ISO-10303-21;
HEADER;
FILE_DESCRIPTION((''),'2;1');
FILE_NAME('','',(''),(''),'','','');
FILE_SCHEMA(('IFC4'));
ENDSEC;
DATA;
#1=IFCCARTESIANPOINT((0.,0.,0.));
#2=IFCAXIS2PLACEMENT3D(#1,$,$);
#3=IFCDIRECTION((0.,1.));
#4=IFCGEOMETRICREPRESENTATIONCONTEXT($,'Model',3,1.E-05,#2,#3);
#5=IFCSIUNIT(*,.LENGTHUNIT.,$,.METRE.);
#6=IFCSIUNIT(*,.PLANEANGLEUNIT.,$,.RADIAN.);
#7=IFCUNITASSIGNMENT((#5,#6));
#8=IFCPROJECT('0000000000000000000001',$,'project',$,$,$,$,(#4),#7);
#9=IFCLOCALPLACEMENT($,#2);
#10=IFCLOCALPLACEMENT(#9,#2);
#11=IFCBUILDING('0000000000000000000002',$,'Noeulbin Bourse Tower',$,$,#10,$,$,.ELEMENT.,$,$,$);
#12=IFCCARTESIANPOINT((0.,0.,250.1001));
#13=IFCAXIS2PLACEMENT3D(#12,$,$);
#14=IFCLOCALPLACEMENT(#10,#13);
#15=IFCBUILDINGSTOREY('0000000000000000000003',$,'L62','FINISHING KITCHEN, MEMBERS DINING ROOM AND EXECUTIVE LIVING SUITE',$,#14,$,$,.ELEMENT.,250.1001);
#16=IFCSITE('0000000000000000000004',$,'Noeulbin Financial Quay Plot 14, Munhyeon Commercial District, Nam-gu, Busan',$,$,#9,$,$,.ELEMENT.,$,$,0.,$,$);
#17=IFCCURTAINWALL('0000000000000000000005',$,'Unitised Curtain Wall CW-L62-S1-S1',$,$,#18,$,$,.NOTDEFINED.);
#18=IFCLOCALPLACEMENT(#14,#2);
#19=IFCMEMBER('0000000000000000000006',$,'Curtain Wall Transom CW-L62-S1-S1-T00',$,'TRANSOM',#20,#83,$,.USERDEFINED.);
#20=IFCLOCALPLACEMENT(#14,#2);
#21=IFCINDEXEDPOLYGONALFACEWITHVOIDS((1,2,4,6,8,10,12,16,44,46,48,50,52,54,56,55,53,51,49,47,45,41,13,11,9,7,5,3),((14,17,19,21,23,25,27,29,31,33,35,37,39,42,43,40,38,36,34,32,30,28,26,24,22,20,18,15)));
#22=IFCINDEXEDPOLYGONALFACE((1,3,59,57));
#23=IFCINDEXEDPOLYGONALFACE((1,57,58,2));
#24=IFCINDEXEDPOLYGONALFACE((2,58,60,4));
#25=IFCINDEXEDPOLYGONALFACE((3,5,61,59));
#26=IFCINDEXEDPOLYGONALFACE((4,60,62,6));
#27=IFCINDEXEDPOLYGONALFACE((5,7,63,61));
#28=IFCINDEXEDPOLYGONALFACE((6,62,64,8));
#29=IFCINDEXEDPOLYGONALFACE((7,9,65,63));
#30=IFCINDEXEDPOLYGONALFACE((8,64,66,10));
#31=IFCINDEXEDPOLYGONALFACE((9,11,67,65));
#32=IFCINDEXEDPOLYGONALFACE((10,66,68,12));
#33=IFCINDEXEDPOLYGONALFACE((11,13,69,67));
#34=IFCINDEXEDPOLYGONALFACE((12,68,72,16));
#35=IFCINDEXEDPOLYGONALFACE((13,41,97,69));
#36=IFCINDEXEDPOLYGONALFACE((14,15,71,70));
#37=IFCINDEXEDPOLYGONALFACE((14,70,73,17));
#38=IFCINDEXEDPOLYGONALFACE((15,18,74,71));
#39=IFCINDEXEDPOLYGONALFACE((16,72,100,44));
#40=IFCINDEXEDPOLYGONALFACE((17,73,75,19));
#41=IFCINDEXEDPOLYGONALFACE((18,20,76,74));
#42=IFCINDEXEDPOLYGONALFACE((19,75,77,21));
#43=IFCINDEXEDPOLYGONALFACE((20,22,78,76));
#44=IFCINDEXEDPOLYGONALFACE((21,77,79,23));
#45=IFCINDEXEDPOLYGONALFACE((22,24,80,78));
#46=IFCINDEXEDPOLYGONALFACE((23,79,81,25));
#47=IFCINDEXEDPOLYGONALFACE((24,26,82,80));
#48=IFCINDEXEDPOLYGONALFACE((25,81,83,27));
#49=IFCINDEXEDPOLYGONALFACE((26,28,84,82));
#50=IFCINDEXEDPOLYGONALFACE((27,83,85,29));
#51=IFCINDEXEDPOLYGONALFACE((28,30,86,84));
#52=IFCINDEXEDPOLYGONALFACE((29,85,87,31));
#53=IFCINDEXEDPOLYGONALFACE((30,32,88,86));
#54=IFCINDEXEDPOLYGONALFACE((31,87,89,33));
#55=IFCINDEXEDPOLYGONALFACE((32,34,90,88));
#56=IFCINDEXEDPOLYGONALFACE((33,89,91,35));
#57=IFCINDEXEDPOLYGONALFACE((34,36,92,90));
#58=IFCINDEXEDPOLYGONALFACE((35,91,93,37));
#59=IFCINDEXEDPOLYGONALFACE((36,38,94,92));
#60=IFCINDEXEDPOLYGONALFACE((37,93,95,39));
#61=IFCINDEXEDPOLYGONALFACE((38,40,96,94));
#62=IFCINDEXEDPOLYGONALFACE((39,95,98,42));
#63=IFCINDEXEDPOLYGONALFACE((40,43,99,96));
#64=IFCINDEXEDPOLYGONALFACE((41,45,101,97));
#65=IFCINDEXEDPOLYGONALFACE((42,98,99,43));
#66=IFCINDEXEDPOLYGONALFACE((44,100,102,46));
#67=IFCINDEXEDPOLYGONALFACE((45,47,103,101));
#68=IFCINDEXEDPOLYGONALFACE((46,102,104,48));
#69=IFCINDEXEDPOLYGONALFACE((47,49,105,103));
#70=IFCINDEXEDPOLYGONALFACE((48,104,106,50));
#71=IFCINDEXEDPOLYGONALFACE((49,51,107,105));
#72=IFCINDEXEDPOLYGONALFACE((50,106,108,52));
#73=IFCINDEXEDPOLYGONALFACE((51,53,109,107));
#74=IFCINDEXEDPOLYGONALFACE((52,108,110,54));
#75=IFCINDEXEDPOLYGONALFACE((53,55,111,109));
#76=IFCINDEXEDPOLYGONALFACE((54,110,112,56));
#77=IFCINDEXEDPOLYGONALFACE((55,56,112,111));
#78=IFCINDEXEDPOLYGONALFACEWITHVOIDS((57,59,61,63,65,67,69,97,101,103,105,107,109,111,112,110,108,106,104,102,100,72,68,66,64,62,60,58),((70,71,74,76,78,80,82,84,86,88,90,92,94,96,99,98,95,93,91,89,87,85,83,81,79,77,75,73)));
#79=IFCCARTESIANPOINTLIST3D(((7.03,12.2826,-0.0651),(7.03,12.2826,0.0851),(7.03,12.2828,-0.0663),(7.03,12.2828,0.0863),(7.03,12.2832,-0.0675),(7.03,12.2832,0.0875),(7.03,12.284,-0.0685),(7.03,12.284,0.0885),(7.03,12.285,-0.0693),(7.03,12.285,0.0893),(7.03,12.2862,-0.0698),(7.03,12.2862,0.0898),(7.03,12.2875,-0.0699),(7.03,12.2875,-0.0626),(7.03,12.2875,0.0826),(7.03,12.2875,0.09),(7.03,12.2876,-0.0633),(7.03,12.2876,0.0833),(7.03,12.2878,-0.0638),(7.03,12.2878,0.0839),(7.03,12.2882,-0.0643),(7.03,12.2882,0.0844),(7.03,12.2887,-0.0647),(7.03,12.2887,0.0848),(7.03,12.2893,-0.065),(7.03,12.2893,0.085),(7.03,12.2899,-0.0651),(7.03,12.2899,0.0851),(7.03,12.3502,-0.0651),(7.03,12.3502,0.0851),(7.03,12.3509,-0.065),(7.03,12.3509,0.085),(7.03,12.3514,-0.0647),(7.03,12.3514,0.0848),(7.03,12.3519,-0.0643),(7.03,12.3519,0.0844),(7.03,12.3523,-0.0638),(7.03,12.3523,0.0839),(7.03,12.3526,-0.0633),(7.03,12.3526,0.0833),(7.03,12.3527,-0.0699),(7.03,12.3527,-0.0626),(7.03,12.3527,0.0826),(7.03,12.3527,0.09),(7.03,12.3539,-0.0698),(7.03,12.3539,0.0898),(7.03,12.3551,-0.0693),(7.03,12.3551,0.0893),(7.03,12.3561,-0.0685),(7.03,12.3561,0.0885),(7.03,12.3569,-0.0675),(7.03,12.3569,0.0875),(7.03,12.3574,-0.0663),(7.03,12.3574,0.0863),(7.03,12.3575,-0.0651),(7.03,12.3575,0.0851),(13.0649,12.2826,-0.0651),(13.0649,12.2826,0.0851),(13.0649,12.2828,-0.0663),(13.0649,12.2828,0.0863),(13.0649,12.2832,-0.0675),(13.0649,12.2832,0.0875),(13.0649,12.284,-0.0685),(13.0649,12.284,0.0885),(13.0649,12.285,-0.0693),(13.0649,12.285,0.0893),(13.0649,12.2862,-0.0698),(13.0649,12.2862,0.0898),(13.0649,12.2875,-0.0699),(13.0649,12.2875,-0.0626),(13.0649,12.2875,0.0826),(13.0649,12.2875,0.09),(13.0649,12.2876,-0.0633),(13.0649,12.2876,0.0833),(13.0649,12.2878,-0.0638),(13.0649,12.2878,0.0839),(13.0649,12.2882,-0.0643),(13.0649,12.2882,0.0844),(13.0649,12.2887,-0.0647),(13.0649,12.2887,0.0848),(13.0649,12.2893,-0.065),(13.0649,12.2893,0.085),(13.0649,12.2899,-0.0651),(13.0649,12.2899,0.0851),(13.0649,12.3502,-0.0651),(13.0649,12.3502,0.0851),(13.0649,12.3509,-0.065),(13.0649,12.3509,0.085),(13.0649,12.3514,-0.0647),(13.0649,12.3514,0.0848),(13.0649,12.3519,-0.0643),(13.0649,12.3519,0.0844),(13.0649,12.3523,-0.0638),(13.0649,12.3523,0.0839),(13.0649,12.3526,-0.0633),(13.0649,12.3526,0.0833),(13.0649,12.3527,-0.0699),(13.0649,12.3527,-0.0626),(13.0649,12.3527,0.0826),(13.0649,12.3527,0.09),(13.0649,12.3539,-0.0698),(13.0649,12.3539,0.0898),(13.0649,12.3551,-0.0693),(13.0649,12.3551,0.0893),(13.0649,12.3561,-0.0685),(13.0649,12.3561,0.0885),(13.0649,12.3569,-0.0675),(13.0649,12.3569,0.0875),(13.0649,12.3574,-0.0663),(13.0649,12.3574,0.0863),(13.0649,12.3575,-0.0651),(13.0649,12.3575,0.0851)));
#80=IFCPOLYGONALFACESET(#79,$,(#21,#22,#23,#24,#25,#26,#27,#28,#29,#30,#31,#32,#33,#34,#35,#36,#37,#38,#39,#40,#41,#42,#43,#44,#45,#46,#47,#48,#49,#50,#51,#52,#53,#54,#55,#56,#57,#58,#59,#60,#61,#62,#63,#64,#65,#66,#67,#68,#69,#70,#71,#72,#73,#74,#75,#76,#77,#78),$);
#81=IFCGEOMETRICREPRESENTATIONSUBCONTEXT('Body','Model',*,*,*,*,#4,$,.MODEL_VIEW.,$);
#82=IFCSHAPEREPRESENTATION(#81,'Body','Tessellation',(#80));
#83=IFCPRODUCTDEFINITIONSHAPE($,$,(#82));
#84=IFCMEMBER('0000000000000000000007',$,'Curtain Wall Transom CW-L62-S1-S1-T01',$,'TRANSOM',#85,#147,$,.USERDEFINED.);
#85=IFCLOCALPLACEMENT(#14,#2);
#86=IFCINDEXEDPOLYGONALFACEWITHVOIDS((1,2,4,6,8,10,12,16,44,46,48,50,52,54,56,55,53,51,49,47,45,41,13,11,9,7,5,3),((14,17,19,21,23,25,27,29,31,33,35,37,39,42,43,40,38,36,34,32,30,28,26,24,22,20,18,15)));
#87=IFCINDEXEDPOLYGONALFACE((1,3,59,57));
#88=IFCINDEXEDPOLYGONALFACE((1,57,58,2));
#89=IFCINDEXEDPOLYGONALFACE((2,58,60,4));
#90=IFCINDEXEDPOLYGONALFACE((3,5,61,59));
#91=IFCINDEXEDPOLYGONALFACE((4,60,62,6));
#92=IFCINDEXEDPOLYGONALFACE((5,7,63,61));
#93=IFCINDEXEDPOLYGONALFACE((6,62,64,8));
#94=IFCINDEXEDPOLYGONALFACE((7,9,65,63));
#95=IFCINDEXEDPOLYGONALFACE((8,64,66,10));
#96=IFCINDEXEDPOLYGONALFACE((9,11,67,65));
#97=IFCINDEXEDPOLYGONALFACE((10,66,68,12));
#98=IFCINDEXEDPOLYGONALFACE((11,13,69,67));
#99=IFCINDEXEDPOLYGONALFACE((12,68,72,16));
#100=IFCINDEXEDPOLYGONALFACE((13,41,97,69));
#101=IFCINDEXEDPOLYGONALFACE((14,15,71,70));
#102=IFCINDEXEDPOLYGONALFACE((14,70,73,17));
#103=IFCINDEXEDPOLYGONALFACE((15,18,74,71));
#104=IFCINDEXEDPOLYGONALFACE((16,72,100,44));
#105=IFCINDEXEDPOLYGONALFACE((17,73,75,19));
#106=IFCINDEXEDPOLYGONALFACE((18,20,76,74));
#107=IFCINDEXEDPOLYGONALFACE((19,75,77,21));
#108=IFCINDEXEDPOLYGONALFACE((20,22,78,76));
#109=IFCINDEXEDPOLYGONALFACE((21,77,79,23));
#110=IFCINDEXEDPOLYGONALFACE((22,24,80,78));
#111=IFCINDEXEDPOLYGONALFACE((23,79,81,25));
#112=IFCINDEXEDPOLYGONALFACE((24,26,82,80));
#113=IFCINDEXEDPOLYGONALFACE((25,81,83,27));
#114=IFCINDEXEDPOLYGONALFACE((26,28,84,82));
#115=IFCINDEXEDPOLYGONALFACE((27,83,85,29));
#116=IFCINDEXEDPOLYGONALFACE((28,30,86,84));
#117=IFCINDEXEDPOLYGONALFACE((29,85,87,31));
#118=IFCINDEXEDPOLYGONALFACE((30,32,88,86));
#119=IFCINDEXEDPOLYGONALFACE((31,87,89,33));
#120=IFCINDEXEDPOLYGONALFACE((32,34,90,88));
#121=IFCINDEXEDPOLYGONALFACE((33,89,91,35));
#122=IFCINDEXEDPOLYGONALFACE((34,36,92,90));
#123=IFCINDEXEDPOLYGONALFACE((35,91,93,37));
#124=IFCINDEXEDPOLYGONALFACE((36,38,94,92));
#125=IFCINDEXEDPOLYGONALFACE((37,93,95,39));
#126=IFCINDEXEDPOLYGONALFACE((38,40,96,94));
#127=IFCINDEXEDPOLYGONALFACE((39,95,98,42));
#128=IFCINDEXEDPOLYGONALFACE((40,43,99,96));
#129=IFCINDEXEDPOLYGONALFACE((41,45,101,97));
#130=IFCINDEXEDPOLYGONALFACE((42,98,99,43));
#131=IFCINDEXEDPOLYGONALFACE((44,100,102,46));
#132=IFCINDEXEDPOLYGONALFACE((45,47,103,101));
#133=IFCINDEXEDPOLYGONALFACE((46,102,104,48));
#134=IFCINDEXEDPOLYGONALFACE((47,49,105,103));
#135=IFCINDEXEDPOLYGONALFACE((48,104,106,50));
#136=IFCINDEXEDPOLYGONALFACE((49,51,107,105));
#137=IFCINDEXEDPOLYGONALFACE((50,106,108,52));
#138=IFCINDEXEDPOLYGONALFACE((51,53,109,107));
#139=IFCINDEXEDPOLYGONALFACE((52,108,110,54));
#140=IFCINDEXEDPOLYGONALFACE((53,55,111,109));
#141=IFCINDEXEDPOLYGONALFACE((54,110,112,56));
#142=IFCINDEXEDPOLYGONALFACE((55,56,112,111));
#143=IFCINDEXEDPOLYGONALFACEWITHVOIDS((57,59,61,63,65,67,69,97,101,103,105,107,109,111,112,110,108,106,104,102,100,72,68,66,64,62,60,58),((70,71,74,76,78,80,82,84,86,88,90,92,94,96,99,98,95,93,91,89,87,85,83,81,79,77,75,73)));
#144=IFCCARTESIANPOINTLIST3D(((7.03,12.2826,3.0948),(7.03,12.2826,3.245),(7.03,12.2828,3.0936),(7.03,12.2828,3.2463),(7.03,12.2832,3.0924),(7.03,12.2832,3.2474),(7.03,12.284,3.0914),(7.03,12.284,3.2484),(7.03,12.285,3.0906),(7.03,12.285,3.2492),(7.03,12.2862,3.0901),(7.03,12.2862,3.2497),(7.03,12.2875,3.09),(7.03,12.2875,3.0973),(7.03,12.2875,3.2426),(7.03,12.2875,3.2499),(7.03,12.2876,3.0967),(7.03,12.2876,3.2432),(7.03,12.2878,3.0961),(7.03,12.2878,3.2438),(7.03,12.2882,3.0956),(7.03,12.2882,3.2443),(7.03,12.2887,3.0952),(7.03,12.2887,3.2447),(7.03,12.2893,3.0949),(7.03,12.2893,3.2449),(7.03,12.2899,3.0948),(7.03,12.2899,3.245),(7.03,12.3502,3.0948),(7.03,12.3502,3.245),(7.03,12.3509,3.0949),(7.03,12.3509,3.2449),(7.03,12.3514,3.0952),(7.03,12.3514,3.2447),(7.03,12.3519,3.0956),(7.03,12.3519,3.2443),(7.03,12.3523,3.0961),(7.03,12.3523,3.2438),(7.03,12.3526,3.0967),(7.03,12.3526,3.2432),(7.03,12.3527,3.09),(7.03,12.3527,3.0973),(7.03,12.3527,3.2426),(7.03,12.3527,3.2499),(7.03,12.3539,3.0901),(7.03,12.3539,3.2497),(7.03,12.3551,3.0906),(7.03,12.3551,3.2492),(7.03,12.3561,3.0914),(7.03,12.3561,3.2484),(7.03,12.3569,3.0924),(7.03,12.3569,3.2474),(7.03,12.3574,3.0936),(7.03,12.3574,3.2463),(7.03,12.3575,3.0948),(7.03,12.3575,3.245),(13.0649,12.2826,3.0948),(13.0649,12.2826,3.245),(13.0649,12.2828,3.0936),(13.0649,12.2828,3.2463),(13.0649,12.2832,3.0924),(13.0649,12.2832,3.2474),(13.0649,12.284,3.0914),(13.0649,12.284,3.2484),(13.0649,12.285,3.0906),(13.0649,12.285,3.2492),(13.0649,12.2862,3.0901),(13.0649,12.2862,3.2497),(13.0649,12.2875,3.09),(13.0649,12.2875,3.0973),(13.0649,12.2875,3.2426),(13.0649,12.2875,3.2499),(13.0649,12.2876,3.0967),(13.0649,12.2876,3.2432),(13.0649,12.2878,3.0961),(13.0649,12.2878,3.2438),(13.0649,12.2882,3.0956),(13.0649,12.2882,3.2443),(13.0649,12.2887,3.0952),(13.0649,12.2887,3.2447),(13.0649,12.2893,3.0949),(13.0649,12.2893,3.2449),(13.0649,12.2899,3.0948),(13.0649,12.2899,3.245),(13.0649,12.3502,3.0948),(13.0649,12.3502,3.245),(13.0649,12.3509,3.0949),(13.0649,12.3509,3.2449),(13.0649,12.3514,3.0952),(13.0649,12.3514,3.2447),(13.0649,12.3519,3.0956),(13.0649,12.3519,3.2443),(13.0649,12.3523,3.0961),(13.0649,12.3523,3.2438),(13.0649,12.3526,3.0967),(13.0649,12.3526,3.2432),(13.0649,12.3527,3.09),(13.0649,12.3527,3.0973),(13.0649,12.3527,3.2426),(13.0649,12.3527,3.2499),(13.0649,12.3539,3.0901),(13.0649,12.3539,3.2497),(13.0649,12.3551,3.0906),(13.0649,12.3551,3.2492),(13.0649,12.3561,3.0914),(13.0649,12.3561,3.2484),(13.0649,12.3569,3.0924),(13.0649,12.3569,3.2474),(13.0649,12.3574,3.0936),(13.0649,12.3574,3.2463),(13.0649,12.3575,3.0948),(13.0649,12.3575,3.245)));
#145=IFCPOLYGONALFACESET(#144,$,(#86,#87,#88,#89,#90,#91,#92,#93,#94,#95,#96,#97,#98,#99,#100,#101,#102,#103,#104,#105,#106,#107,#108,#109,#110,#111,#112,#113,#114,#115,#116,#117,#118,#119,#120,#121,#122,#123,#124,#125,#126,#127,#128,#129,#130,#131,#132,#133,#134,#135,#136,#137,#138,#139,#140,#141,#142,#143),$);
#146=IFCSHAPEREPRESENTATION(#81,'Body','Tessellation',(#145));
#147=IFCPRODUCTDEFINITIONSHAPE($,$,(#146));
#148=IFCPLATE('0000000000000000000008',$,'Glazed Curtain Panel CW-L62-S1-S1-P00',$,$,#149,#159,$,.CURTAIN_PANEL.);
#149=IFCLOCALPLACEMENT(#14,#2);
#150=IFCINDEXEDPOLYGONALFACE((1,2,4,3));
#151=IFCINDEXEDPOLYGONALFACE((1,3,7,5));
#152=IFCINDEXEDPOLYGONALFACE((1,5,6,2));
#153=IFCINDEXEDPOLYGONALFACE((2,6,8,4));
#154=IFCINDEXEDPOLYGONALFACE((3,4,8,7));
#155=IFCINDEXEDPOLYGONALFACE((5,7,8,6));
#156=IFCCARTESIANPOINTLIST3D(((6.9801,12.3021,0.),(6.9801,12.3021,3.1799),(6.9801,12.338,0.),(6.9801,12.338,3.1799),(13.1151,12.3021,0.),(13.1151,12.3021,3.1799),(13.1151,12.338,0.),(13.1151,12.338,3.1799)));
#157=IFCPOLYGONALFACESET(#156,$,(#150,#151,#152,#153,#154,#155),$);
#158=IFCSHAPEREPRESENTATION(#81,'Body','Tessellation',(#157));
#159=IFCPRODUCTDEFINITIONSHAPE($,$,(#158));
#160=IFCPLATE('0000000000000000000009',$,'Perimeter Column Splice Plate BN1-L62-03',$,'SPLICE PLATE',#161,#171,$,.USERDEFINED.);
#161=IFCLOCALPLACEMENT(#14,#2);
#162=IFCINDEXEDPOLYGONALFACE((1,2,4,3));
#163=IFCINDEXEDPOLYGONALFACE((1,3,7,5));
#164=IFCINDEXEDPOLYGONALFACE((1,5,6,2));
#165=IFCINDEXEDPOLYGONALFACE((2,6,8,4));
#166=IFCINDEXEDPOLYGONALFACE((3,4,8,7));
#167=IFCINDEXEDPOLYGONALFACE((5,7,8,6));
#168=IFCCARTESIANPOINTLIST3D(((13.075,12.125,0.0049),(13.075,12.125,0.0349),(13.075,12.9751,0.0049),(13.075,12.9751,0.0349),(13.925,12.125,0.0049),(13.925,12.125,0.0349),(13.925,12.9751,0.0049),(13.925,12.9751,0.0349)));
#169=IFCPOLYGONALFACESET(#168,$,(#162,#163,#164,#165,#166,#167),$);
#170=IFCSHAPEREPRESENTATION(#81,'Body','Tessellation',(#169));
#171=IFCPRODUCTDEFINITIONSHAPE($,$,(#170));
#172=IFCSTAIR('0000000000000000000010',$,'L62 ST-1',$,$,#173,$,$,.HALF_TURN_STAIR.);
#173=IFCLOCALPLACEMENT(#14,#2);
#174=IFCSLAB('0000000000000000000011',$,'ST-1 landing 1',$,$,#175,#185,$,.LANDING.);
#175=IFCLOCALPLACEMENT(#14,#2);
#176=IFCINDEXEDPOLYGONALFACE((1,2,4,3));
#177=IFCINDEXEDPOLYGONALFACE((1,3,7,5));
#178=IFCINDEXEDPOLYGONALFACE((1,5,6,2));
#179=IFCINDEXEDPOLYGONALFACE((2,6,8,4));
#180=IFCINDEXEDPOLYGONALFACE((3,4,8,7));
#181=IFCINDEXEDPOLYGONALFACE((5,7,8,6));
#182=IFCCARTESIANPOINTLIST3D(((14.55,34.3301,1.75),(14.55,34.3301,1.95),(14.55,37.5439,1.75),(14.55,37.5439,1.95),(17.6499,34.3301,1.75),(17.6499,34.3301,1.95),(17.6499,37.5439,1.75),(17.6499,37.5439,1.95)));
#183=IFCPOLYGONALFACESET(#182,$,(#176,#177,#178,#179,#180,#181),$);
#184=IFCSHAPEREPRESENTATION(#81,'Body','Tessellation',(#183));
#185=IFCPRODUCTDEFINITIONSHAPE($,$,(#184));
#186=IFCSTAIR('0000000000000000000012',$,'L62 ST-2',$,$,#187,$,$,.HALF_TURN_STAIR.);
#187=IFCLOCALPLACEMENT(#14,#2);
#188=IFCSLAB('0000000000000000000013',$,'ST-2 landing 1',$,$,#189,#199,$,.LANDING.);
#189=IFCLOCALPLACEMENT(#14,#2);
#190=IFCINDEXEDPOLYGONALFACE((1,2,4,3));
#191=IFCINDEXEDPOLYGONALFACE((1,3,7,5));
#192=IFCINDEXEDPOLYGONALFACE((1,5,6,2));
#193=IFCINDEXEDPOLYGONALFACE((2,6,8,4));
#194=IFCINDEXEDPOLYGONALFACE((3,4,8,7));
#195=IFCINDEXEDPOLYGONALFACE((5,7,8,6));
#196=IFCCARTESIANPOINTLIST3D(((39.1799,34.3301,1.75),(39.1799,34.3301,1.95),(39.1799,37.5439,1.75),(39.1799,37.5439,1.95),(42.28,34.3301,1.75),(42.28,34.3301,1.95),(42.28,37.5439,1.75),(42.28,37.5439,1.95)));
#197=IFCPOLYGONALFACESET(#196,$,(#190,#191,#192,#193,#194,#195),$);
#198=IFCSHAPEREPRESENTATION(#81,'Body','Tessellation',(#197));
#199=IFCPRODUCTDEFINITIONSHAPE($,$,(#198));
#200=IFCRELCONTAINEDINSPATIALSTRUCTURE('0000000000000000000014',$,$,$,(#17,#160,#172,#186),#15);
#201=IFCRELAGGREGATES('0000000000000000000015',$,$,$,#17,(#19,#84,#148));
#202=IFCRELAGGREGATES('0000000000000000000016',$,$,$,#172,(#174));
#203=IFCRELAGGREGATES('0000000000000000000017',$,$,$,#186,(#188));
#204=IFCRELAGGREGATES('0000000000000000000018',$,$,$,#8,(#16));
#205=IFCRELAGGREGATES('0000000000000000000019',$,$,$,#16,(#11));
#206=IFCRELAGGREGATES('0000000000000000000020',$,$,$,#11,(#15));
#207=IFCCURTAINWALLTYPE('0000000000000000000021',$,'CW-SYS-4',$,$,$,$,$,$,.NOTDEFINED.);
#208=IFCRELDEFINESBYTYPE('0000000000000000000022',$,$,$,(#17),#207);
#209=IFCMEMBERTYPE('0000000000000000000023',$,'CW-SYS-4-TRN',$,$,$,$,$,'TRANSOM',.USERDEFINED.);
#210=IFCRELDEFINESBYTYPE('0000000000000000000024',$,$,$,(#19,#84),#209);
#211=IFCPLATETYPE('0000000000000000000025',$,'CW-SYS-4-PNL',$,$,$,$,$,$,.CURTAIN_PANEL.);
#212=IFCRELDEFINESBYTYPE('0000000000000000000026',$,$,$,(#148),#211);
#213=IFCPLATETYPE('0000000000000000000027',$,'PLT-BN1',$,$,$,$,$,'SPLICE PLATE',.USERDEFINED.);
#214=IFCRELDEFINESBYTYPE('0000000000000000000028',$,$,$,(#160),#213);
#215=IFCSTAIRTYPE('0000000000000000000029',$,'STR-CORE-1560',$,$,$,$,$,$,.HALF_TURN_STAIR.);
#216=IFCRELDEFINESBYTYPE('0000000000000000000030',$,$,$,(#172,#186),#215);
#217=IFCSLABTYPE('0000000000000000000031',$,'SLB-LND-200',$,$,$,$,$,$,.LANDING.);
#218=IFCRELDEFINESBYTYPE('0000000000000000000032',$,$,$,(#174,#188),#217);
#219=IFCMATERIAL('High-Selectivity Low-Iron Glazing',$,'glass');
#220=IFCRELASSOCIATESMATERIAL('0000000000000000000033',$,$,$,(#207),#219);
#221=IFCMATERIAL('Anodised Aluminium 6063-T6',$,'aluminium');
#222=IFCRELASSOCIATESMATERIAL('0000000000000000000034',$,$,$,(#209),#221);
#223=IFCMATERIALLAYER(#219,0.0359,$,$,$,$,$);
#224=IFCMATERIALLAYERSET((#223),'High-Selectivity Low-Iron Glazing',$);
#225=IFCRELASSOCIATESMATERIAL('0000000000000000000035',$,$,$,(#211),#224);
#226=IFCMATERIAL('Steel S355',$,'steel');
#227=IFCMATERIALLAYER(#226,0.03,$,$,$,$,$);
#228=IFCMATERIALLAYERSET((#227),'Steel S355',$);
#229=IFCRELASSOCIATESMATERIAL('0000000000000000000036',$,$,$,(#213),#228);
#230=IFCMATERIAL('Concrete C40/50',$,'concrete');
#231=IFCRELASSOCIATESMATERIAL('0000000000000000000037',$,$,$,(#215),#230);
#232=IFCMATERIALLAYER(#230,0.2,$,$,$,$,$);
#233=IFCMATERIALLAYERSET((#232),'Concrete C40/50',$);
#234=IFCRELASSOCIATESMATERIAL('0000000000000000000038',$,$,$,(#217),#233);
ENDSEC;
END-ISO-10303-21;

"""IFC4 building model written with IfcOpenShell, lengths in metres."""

from ifc_helpers import new_model, si_unit, direction, frame, origin, origin_2d, place, context, subcontext, project, spatial, polyline, rectangle, hollow_rectangle, outline, extrude, material, layer, layer_set, material_profile, profile_set, type_object, element, aggregate, save


model = new_model("IFC4")

# Units and contexts
model_context = context("Model", 3, precision=1e-05, world=origin(), true_north=direction((0.0, 1.0)))
body_context = subcontext(model_context, "Body", "Model", "MODEL_VIEW")
ifc_project = project(units=[si_unit("LENGTHUNIT", "METRE"), si_unit("PLANEANGLEUNIT", "RADIAN")], contexts=[model_context])

# Site, building, storey
site_placement = place(None, origin())
site = spatial("IfcSite", under=ifc_project, at=site_placement, Name="Noeulbin Financial Quay Plot 14, Munhyeon Commercial District, Nam-gu, Busan", CompositionType="ELEMENT", RefElevation=0.0)
building_placement = place(site_placement, origin())
building = spatial("IfcBuilding", under=site, at=building_placement, Name="Noeulbin Bourse Tower", CompositionType="ELEMENT")
storey_placement = place(building_placement, frame((0.0, 0.0, 250.1001)))
storey = spatial("IfcBuildingStorey", under=building, at=storey_placement, Name="L62", Description="FINISHING KITCHEN, MEMBERS DINING ROOM AND EXECUTIVE LIVING SUITE", CompositionType="ELEMENT", Elevation=250.1001)

# Shared definitions
ifc_material_1 = material(Name="Steel S355", Category="steel")

# Curtain wall, members, plate
ifc_material_2 = material(Name="High-Selectivity Low-Iron Glazing", Category="glass")
curtain_wall_type = type_object("IfcCurtainWallType", Name="CW-SYS-4", PredefinedType="NOTDEFINED", material=ifc_material_2)
curtain_wall_placement = place(storey_placement, origin())
curtain_wall = element("IfcCurtainWall", 1, at=curtain_wall_placement, inside=storey, type_object=curtain_wall_type, Name="Unitised Curtain Wall CW-L62-S1-S1", PredefinedType="NOTDEFINED")
ifc_material_3 = material(Name="Anodised Aluminium 6063-T6", Category="aluminium")
ifc_material_profile_1 = material_profile(ifc_material_3, hollow_rectangle(XDim=0.075, YDim=0.1599, WallThickness=0.0049, InnerFilletRadius=0.0024, OuterFilletRadius=0.0049, at=origin_2d()), Name="ALU-TRAN-75x160x5", Category="LoadBearing")
ifc_profile_set_1 = profile_set([ifc_material_profile_1], Name="Anodised Aluminium 6063-T6")
member_type_1 = type_object("IfcMemberType", Name="CW-SYS-4-TRN", ElementType="TRANSOM", PredefinedType="USERDEFINED", material=ifc_profile_set_1)
member_1_placement = place(storey_placement, frame((7.03, 12.3201, 0.01), z_axis=(1.0, 0.0, 0.0), x_axis=(0.0, 1.0, 0.0)))
member_1 = element("IfcMember", 2, at=member_1_placement, type_object=member_type_1, Name="Curtain Wall Transom CW-L62-S1-S1-T00", ObjectType="TRANSOM", PredefinedType="USERDEFINED", context=body_context, shape_type="SweptSolid", body=[
    extrude(hollow_rectangle(XDim=0.075, YDim=0.1599, WallThickness=0.0049, InnerFilletRadius=0.0024, OuterFilletRadius=0.0049, at=origin_2d()), origin(), (0.0, 0.0, 1.0), 6.0349),
])
member_2_placement = place(storey_placement, frame((7.03, 12.3201, 3.1699), z_axis=(1.0, 0.0, 0.0), x_axis=(0.0, 1.0, 0.0)))
member_2 = element("IfcMember", 3, at=member_2_placement, type_object=member_type_1, Name="Curtain Wall Transom CW-L62-S1-S1-T01", ObjectType="TRANSOM", PredefinedType="USERDEFINED", context=body_context, shape_type="SweptSolid", body=[
    extrude(hollow_rectangle(XDim=0.075, YDim=0.1599, WallThickness=0.0049, InnerFilletRadius=0.0024, OuterFilletRadius=0.0049, at=origin_2d()), origin(), (0.0, 0.0, 1.0), 6.0349),
])
ifc_layer_1 = layer(ifc_material_2, 0.0359)
ifc_layer_set_1 = layer_set([ifc_layer_1], Name="High-Selectivity Low-Iron Glazing")
plate_type_1 = type_object("IfcPlateType", Name="CW-SYS-4-PNL", PredefinedType="CURTAIN_PANEL", material=ifc_layer_set_1)
plate_1_placement = place(storey_placement, frame((10.0476, 12.3201, 0.0), z_axis=(0.0, 0.0, 1.0), x_axis=(1.0, 0.0, 0.0)))
plate_1 = element("IfcPlate", 4, at=plate_1_placement, type_object=plate_type_1, Name="Glazed Curtain Panel CW-L62-S1-S1-P00", PredefinedType="CURTAIN_PANEL", context=body_context, shape_type="SweptSolid", body=[
    extrude(rectangle(XDim=6.135, YDim=0.0359, at=origin_2d()), origin(), (0.0, 0.0, 1.0), 3.1799),
])
aggregate(curtain_wall, [member_1, member_2, plate_1])

# Plate
ifc_layer_2 = layer(ifc_material_1, 0.03)
ifc_layer_set_2 = layer_set([ifc_layer_2], Name="Steel S355")
plate_type_2 = type_object("IfcPlateType", Name="PLT-BN1", ElementType="SPLICE PLATE", PredefinedType="USERDEFINED", material=ifc_layer_set_2)
plate_2_placement = place(storey_placement, frame((13.5, 12.55, 0.0049), z_axis=(0.0, 0.0, 1.0), x_axis=(1.0, 0.0, 0.0)))
element("IfcPlate", 5, at=plate_2_placement, inside=storey, type_object=plate_type_2, Name="Perimeter Column Splice Plate BN1-L62-03", ObjectType="SPLICE PLATE", PredefinedType="USERDEFINED", context=body_context, shape_type="SweptSolid", body=[
    extrude(rectangle(XDim=0.8501, YDim=0.8501, at=origin_2d()), origin(), (0.0, 0.0, 1.0), 0.03),
])

# Stairs, slabs
ifc_material_4 = material(Name="Concrete C40/50", Category="concrete")
stair_type = type_object("IfcStairType", Name="STR-CORE-1560", PredefinedType="HALF_TURN_STAIR", material=ifc_material_4)
stair_1_placement = place(storey_placement, origin())
stair_1 = element("IfcStair", 6, at=stair_1_placement, inside=storey, type_object=stair_type, Name="L62 ST-1", PredefinedType="HALF_TURN_STAIR")
ifc_layer_3 = layer(ifc_material_4, 0.2)
ifc_layer_set_3 = layer_set([ifc_layer_3], Name="Concrete C40/50")
slab_type_1 = type_object("IfcSlabType", Name="SLB-LND-200", PredefinedType="LANDING", material=ifc_layer_set_3)
slab_1_placement = place(storey_placement, frame((0.0, 0.0, 1.75)))
slab_1 = element("IfcSlab", 7, at=slab_1_placement, type_object=slab_type_1, Name="ST-1 landing 1", PredefinedType="LANDING", context=body_context, shape_type="SweptSolid", body=[
    extrude(outline(polyline([(17.6499, 34.3301), (17.6499, 37.5439), (14.55, 37.5439), (14.55, 34.3301), (17.6499, 34.3301)])), origin(), (0.0, 0.0, 1.0), 0.2),
])
aggregate(stair_1, [slab_1])
stair_2_placement = place(storey_placement, origin())
stair_2 = element("IfcStair", 8, at=stair_2_placement, inside=storey, type_object=stair_type, Name="L62 ST-2", PredefinedType="HALF_TURN_STAIR")
slab_2_placement = place(storey_placement, frame((0.0, 0.0, 1.75)))
slab_2 = element("IfcSlab", 9, at=slab_2_placement, type_object=slab_type_1, Name="ST-2 landing 1", PredefinedType="LANDING", context=body_context, shape_type="SweptSolid", body=[
    extrude(outline(polyline([(42.28, 34.3301), (42.28, 37.5439), (39.1799, 37.5439), (39.1799, 34.3301), (42.28, 34.3301)])), origin(), (0.0, 0.0, 1.0), 0.2),
])
aggregate(stair_2, [slab_2])

save(model, "model.ifc")
